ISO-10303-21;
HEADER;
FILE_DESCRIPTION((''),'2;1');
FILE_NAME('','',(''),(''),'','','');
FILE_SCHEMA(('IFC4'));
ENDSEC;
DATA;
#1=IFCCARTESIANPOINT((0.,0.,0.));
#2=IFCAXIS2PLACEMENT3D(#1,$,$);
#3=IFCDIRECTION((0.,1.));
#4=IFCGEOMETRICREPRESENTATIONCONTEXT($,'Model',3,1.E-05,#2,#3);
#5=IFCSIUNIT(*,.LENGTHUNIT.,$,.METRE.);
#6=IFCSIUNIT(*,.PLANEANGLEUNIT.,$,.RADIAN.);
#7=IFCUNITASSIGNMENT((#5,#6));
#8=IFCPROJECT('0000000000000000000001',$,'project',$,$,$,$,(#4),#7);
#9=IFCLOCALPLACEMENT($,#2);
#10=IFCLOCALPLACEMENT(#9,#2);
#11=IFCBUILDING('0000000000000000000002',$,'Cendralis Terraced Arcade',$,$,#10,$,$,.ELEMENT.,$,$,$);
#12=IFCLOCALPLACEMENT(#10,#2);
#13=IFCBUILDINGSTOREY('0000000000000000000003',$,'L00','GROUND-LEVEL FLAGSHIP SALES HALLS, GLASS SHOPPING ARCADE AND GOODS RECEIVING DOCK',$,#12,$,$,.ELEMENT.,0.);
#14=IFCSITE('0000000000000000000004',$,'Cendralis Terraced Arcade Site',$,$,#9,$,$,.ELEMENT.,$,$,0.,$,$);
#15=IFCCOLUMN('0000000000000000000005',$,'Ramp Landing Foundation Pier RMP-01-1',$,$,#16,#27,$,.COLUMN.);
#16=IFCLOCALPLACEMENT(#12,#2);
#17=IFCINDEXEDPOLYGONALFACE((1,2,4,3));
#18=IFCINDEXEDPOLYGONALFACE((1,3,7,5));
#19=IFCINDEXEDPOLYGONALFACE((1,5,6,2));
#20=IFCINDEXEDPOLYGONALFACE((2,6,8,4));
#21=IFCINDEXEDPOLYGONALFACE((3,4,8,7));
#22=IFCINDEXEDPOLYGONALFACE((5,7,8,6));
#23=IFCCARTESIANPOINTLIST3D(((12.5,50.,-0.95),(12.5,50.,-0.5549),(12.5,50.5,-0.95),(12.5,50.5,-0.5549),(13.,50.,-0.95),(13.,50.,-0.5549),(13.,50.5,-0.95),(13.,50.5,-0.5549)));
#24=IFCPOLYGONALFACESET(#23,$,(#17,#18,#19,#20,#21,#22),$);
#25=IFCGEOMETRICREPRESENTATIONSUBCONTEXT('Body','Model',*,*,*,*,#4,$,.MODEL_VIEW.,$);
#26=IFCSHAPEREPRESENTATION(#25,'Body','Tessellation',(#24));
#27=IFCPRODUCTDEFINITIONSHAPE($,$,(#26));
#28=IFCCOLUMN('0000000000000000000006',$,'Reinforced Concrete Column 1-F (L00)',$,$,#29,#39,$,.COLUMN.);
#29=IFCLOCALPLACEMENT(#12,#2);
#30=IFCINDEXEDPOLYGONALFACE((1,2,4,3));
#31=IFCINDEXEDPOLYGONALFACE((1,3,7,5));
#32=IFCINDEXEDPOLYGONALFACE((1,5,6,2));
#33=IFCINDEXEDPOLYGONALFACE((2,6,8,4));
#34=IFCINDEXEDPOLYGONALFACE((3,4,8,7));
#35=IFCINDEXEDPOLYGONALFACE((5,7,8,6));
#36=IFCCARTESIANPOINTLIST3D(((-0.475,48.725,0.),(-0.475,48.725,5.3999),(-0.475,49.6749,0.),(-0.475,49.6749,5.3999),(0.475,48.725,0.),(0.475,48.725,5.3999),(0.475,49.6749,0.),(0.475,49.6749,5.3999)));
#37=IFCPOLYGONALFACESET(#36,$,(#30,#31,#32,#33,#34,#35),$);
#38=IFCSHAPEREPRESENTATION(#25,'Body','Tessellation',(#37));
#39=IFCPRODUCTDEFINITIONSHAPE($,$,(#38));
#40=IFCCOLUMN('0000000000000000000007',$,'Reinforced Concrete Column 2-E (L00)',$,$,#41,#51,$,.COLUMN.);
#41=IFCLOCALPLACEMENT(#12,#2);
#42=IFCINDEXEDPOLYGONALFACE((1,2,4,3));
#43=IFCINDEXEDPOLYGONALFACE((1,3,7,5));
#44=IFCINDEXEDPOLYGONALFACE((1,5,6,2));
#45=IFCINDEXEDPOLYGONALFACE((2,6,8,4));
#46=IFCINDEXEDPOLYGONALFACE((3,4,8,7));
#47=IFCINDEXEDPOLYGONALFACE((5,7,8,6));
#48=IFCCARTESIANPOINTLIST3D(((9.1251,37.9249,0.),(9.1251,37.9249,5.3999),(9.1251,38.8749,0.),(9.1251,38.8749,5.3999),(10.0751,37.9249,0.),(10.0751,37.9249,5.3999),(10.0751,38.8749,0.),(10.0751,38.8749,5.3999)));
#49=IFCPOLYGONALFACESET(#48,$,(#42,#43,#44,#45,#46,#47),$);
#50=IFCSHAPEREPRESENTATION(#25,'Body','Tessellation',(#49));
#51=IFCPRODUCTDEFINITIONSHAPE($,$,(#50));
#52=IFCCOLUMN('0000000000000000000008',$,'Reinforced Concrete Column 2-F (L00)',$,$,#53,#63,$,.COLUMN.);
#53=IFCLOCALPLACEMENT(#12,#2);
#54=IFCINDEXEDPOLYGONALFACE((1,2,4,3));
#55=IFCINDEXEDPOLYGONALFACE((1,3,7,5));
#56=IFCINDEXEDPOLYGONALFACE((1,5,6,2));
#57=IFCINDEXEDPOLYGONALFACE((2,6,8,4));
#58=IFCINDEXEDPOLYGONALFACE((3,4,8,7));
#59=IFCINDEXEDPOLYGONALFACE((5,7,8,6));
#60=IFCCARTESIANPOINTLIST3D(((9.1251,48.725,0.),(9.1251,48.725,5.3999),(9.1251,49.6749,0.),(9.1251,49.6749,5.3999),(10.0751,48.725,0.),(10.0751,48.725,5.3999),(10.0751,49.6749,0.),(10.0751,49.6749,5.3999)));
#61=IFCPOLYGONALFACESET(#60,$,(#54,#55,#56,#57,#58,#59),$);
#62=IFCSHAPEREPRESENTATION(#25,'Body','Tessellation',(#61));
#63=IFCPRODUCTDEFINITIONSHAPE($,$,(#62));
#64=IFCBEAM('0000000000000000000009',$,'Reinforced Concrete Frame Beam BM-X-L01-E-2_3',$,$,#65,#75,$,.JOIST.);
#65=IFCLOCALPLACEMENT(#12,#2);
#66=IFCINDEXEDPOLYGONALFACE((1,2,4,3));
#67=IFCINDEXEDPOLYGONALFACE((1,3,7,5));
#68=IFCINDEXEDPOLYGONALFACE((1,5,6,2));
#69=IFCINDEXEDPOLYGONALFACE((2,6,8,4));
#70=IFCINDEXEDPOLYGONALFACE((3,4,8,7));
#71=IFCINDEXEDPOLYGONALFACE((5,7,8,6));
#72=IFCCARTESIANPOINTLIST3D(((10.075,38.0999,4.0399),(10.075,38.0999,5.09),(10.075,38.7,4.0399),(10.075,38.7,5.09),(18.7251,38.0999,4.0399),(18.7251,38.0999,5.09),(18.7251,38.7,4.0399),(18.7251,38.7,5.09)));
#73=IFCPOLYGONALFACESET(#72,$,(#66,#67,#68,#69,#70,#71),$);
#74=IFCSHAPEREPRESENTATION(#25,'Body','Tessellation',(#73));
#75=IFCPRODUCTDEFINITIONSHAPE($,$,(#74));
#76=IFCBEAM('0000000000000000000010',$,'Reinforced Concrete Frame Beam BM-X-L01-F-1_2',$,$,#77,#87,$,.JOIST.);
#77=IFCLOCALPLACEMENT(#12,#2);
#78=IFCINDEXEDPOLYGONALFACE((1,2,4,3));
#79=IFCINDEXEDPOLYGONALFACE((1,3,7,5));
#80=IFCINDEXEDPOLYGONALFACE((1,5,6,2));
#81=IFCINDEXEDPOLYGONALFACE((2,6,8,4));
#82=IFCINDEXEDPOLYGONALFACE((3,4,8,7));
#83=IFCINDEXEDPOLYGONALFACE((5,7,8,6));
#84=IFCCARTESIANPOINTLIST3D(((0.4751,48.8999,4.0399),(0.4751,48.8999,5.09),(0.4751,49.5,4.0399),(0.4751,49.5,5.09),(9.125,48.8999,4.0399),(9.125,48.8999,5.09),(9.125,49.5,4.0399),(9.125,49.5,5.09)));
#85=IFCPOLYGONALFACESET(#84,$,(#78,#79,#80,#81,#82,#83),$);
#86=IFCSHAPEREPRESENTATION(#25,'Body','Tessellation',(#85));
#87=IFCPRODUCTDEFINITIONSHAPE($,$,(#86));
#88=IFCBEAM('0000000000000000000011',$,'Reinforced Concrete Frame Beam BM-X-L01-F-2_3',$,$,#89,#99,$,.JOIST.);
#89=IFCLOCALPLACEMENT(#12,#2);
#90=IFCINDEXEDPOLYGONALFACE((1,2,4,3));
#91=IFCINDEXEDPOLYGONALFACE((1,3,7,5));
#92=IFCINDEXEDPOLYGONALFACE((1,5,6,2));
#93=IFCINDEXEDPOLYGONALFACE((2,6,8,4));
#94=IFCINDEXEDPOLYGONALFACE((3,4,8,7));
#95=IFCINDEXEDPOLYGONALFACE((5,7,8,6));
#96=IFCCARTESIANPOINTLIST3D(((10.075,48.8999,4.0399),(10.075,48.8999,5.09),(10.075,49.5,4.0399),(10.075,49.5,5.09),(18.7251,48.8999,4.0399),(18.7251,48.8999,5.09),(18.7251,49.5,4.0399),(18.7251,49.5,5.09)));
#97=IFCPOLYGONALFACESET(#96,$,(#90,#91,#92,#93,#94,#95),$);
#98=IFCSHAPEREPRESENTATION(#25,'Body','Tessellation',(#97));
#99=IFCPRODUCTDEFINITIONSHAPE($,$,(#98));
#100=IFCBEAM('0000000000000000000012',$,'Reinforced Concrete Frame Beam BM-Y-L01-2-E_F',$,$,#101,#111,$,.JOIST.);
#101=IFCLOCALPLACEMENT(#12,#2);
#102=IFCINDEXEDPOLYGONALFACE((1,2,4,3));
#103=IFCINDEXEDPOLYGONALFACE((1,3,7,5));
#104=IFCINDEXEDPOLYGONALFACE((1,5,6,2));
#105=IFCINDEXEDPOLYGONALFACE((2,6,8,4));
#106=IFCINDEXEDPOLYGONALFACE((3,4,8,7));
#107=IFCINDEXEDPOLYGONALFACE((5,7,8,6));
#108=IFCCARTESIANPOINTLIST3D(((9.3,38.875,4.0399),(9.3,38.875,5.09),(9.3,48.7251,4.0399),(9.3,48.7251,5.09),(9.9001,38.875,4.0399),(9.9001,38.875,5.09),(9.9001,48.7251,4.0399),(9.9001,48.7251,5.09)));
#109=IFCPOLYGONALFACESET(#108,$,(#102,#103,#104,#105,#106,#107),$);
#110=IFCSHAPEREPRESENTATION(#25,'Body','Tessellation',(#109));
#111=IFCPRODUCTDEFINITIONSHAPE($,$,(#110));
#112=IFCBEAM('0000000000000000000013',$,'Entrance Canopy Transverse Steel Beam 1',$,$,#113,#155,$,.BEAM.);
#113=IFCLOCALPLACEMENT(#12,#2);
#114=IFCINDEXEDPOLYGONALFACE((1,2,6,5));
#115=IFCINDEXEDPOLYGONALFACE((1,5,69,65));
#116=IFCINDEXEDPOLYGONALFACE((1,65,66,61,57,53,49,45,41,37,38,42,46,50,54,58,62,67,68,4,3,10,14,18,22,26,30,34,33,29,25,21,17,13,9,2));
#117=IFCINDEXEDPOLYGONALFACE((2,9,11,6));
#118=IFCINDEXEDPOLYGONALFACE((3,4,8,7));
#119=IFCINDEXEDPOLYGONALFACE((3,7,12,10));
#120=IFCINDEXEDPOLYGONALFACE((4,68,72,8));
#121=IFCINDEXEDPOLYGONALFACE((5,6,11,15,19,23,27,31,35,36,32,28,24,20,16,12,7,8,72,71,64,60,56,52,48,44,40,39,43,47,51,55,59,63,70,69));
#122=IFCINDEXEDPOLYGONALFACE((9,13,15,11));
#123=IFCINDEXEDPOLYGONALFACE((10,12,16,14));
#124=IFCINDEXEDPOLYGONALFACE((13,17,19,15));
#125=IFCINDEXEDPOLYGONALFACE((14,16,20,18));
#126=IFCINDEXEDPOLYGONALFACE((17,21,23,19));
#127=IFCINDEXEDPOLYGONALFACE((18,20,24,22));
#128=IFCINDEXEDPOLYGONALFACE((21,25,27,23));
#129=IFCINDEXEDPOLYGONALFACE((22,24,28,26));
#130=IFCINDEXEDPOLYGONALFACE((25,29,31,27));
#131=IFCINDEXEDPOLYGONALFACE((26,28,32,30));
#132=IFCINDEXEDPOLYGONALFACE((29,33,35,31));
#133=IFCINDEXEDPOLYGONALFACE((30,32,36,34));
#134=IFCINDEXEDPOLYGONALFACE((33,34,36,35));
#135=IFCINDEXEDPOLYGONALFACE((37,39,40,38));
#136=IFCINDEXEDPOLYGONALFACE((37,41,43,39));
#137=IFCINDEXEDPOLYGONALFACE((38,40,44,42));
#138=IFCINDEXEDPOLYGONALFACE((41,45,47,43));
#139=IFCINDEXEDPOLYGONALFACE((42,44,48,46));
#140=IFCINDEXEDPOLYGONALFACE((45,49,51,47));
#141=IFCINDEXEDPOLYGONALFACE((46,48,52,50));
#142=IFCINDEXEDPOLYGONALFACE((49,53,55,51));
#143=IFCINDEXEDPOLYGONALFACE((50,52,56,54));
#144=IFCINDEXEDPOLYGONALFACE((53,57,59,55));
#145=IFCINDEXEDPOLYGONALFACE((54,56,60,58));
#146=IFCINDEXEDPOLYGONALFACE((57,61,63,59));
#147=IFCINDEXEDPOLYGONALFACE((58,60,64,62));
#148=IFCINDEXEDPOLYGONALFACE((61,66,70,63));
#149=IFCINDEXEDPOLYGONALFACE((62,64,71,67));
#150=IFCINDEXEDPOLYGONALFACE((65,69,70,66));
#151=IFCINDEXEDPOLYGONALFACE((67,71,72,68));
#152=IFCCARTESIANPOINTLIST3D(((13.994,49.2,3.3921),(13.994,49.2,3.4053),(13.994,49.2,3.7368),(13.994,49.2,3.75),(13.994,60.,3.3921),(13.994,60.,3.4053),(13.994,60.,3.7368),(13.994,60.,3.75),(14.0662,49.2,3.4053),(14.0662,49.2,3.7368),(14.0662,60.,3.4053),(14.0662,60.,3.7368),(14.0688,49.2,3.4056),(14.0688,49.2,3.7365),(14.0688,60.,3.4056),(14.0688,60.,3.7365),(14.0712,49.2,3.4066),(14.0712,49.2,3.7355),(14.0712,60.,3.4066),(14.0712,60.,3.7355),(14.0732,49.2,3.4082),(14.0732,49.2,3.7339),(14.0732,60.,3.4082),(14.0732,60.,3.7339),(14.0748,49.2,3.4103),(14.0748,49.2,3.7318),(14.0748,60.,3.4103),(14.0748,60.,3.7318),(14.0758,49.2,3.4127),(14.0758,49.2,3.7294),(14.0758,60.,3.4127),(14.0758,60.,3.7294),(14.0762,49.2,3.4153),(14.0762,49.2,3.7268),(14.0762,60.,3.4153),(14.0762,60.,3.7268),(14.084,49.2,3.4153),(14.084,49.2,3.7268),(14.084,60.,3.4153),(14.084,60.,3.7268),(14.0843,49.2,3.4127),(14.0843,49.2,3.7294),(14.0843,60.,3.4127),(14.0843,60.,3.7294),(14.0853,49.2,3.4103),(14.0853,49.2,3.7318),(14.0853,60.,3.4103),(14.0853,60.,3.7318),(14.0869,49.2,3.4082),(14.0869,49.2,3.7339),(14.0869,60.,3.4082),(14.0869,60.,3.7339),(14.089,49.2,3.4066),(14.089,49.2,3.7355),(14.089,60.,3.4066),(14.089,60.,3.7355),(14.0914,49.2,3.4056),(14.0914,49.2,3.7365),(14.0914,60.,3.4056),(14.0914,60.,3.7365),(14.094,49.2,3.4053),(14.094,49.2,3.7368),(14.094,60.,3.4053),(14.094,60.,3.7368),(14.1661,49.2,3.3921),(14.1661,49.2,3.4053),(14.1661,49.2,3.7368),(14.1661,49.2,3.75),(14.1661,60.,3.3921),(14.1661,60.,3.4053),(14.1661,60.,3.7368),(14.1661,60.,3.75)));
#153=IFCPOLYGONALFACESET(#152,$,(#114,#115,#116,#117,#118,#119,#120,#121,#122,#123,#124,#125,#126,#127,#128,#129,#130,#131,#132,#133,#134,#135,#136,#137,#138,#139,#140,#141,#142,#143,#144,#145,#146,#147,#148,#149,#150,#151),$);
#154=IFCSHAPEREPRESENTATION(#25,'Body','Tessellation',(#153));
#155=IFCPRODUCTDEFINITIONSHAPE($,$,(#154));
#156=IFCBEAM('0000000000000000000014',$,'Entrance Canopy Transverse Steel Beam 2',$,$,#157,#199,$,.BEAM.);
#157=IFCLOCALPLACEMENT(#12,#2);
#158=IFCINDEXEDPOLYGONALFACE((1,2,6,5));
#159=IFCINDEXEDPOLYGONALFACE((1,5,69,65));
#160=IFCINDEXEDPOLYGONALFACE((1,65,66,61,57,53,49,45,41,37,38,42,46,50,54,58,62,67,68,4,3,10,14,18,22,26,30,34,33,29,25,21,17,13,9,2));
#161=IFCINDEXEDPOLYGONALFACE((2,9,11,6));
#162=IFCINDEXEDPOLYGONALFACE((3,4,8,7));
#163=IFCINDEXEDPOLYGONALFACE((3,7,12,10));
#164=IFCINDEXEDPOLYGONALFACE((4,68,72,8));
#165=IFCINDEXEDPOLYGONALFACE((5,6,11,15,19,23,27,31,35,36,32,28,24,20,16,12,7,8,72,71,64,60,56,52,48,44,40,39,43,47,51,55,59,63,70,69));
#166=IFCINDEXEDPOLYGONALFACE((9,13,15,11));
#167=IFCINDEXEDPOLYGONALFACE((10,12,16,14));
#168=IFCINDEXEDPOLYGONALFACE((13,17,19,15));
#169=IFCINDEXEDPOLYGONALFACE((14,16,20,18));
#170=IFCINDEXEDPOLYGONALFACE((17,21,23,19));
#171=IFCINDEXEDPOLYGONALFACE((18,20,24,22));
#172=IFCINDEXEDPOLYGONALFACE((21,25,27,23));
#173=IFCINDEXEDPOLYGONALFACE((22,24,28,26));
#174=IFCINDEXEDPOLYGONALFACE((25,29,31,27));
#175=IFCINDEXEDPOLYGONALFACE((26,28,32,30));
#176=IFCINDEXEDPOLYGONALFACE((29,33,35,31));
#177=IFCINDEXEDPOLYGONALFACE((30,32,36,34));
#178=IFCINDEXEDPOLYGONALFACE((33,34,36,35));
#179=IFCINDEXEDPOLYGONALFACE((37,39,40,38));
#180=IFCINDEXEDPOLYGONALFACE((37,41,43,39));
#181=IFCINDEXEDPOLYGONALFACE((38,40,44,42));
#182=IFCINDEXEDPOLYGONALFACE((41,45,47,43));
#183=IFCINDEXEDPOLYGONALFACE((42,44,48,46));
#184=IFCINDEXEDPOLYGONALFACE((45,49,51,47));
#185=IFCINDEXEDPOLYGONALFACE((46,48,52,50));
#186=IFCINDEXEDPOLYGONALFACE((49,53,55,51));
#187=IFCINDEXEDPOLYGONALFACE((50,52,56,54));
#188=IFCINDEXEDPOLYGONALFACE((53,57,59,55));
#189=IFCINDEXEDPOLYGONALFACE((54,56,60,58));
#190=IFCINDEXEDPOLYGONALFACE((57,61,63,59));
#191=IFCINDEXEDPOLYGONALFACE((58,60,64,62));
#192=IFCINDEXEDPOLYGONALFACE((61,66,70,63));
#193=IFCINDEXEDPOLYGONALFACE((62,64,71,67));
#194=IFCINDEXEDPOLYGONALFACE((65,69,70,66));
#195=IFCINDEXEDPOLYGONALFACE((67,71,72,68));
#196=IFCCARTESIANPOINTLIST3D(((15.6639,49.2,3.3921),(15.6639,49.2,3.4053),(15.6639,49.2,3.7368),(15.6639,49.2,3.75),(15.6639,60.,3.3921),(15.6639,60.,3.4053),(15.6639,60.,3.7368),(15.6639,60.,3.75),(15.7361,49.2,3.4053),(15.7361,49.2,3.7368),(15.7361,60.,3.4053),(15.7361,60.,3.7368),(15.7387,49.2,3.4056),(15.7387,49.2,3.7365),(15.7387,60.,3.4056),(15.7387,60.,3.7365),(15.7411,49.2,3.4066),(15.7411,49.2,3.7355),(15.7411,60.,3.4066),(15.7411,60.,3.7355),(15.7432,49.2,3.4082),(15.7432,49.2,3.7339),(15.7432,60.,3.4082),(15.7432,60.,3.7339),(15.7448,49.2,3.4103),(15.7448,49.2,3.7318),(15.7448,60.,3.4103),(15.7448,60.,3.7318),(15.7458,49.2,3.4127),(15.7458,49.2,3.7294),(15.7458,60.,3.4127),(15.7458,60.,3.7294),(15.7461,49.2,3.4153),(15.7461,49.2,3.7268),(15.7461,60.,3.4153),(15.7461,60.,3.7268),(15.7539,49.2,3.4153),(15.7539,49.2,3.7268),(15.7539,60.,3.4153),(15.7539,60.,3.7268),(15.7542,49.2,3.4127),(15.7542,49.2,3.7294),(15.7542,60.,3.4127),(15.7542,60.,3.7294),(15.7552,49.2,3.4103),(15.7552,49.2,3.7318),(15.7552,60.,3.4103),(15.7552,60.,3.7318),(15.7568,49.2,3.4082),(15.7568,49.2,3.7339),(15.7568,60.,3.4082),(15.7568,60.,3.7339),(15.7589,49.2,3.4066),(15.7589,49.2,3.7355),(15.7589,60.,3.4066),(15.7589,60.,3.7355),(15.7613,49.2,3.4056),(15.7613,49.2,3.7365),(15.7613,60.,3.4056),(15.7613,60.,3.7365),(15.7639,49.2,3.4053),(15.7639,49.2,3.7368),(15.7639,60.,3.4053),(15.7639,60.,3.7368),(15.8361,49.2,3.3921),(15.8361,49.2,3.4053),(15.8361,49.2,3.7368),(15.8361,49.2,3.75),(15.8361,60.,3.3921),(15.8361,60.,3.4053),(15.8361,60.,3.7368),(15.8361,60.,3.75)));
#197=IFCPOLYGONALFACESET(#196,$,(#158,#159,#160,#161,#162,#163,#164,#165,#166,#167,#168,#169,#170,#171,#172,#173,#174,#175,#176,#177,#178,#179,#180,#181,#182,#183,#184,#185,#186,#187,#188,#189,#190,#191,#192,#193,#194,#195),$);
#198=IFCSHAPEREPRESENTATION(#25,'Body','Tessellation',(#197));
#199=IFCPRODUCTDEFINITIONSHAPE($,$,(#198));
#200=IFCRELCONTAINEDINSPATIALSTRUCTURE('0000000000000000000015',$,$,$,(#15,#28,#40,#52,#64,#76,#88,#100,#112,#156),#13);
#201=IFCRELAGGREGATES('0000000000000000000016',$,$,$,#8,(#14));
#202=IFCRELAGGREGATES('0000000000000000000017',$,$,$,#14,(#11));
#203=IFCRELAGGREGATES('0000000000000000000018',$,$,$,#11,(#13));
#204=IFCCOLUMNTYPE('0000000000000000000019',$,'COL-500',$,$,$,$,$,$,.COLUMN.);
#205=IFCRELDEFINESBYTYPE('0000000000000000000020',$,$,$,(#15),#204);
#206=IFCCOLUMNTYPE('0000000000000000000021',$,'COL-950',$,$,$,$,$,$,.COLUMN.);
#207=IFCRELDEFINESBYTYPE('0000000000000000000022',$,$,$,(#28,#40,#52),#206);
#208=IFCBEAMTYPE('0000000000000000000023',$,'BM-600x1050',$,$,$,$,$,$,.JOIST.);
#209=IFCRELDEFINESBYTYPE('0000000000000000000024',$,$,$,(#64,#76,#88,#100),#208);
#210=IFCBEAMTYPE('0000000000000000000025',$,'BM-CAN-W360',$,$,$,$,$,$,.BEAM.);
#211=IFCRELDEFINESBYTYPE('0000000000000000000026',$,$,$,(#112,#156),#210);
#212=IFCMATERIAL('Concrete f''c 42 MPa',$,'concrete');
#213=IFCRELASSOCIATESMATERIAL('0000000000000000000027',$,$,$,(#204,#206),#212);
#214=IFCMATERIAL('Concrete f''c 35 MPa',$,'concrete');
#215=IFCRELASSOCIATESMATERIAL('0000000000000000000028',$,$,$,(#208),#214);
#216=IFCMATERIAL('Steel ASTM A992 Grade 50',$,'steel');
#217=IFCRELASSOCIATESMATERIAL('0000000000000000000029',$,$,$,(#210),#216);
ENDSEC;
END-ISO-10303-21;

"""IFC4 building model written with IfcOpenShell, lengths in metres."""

from ifc_helpers import new_model, si_unit, direction, frame, origin, origin_2d, place, context, subcontext, project, spatial, rectangle, i_section, extrude, material, material_profile, profile_set, type_object, element, save


model = new_model("IFC4")

# Units and contexts
model_context = context("Model", 3, precision=1e-05, world=origin(), true_north=direction((0.0, 1.0)))
body_context = subcontext(model_context, "Body", "Model", "MODEL_VIEW")
ifc_project = project(units=[si_unit("LENGTHUNIT", "METRE"), si_unit("PLANEANGLEUNIT", "RADIAN")], contexts=[model_context])

# Site, building, storey
site_placement = place(None, origin())
site = spatial("IfcSite", under=ifc_project, at=site_placement, Name="Cendralis Terraced Arcade Site", CompositionType="ELEMENT", RefElevation=0.0)
building_placement = place(site_placement, origin())
building = spatial("IfcBuilding", under=site, at=building_placement, Name="Cendralis Terraced Arcade", CompositionType="ELEMENT")
storey_placement = place(building_placement, origin())
storey = spatial("IfcBuildingStorey", under=building, at=storey_placement, Name="L00", Description="GROUND-LEVEL FLAGSHIP SALES HALLS, GLASS SHOPPING ARCADE AND GOODS RECEIVING DOCK", CompositionType="ELEMENT", Elevation=0.0)

# Columns
ifc_material_1 = material(Name="Concrete f'c 42 MPa", Category="concrete")
ifc_material_profile_1 = material_profile(ifc_material_1, rectangle(XDim=0.5, YDim=0.5, at=origin_2d()), Name="RC-COL-500x500", Category="LoadBearing")
ifc_profile_set_1 = profile_set([ifc_material_profile_1], Name="Concrete f'c 42 MPa")
column_type_1 = type_object("IfcColumnType", Name="COL-500", PredefinedType="COLUMN", material=ifc_profile_set_1)
column_placement = place(storey_placement, frame((12.75, 50.25, -0.95), z_axis=(0.0, 0.0, 1.0), x_axis=(1.0, 0.0, 0.0)))
element("IfcColumn", 1, at=column_placement, inside=storey, type_object=column_type_1, Name="Ramp Landing Foundation Pier RMP-01-1", PredefinedType="COLUMN", context=body_context, shape_type="SweptSolid", body=[
    extrude(rectangle(XDim=0.5, YDim=0.5, at=origin_2d()), origin(), (0.0, 0.0, 1.0), 0.395),
])
ifc_material_profile_2 = material_profile(ifc_material_1, rectangle(XDim=0.95, YDim=0.95, at=origin_2d()), Name="RC-COL-950x950", Category="LoadBearing")
ifc_profile_set_2 = profile_set([ifc_material_profile_2], Name="Concrete f'c 42 MPa")
column_type_2 = type_object("IfcColumnType", Name="COL-950", PredefinedType="COLUMN", material=ifc_profile_set_2)
for number, where, z_axis, x_axis, name in (
    (2, (0.0, 49.2, 0.0), (0.0, 0.0, 1.0), (1.0, 0.0, 0.0), "Reinforced Concrete Column 1-F (L00)"),
    (3, (9.6001, 38.3999, 0.0), (0.0, 0.0, 1.0), (1.0, 0.0, 0.0), "Reinforced Concrete Column 2-E (L00)"),
    (4, (9.6001, 49.2, 0.0), (0.0, 0.0, 1.0), (1.0, 0.0, 0.0), "Reinforced Concrete Column 2-F (L00)"),
):
    element("IfcColumn", number, at=place(storey_placement, frame(where, z_axis=z_axis, x_axis=x_axis)), inside=storey, type_object=column_type_2, Name=name, PredefinedType="COLUMN", context=body_context, shape_type="SweptSolid", body=[
        extrude(rectangle(XDim=0.95, YDim=0.95, at=origin_2d()), origin(), (0.0, 0.0, 1.0), 5.3999),
    ])

# Beams
ifc_material_2 = material(Name="Concrete f'c 35 MPa", Category="concrete")
ifc_material_profile_3 = material_profile(ifc_material_2, rectangle(XDim=0.6001, YDim=1.05, at=origin_2d()), Name="RC-BM-600x1050", Category="LoadBearing")
ifc_profile_set_3 = profile_set([ifc_material_profile_3], Name="Concrete f'c 35 MPa")
beam_type_1 = type_object("IfcBeamType", Name="BM-600x1050", PredefinedType="JOIST", material=ifc_profile_set_3)
beam_1_placement = place(storey_placement, frame((10.075, 38.3999, 4.5649), z_axis=(1.0, 0.0, 0.0), x_axis=(0.0, 1.0, 0.0)))
element("IfcBeam", 5, at=beam_1_placement, inside=storey, type_object=beam_type_1, Name="Reinforced Concrete Frame Beam BM-X-L01-E-2_3", PredefinedType="JOIST", context=body_context, shape_type="SweptSolid", body=[
    extrude(rectangle(XDim=0.6001, YDim=1.05, at=origin_2d()), origin(), (0.0, 0.0, 1.0), 8.6501),
])
beam_2_placement = place(storey_placement, frame((0.4751, 49.2, 4.5649), z_axis=(1.0, 0.0, 0.0), x_axis=(0.0, 1.0, 0.0)))
element("IfcBeam", 6, at=beam_2_placement, inside=storey, type_object=beam_type_1, Name="Reinforced Concrete Frame Beam BM-X-L01-F-1_2", PredefinedType="JOIST", context=body_context, shape_type="SweptSolid", body=[
    extrude(rectangle(XDim=0.6001, YDim=1.05, at=origin_2d()), origin(), (0.0, 0.0, 1.0), 8.6499),
])
beam_3_placement = place(storey_placement, frame((10.075, 49.2, 4.5649), z_axis=(1.0, 0.0, 0.0), x_axis=(0.0, 1.0, 0.0)))
element("IfcBeam", 7, at=beam_3_placement, inside=storey, type_object=beam_type_1, Name="Reinforced Concrete Frame Beam BM-X-L01-F-2_3", PredefinedType="JOIST", context=body_context, shape_type="SweptSolid", body=[
    extrude(rectangle(XDim=0.6001, YDim=1.05, at=origin_2d()), origin(), (0.0, 0.0, 1.0), 8.6501),
])
beam_4_placement = place(storey_placement, frame((9.6001, 38.875, 4.5649), z_axis=(0.0, 1.0, 0.0), x_axis=(-1.0, 0.0, 0.0)))
element("IfcBeam", 8, at=beam_4_placement, inside=storey, type_object=beam_type_1, Name="Reinforced Concrete Frame Beam BM-Y-L01-2-E_F", PredefinedType="JOIST", context=body_context, shape_type="SweptSolid", body=[
    extrude(rectangle(XDim=0.6001, YDim=1.05, at=origin_2d()), origin(), (0.0, 0.0, 1.0), 9.8501),
])
ifc_material_3 = material(Name="Steel ASTM A992 Grade 50", Category="steel")
ifc_material_profile_4 = material_profile(ifc_material_3, i_section(OverallWidth=0.1721, OverallDepth=0.3579, WebThickness=0.0078, FlangeThickness=0.0132, FilletRadius=0.01, at=origin_2d()), Name="W360X57.8", Category="LoadBearing")
ifc_profile_set_4 = profile_set([ifc_material_profile_4], Name="Steel ASTM A992 Grade 50")
beam_type_2 = type_object("IfcBeamType", Name="BM-CAN-W360", PredefinedType="BEAM", material=ifc_profile_set_4)
for number, where, z_axis, x_axis, name in (
    (9, (14.0801, 49.2, 3.571), (0.0, 1.0, 0.0), (-1.0, 0.0, 0.0), "Entrance Canopy Transverse Steel Beam 1"),
    (10, (15.75, 49.2, 3.571), (0.0, 1.0, 0.0), (-1.0, 0.0, 0.0), "Entrance Canopy Transverse Steel Beam 2"),
):
    element("IfcBeam", number, at=place(storey_placement, frame(where, z_axis=z_axis, x_axis=x_axis)), inside=storey, type_object=beam_type_2, Name=name, PredefinedType="BEAM", context=body_context, shape_type="SweptSolid", body=[
        extrude(i_section(OverallWidth=0.1721, OverallDepth=0.3579, WebThickness=0.0078, FlangeThickness=0.0132, FilletRadius=0.01, at=origin_2d()), origin(), (0.0, 0.0, 1.0), 10.8),
    ])

save(model, "model.ifc")
